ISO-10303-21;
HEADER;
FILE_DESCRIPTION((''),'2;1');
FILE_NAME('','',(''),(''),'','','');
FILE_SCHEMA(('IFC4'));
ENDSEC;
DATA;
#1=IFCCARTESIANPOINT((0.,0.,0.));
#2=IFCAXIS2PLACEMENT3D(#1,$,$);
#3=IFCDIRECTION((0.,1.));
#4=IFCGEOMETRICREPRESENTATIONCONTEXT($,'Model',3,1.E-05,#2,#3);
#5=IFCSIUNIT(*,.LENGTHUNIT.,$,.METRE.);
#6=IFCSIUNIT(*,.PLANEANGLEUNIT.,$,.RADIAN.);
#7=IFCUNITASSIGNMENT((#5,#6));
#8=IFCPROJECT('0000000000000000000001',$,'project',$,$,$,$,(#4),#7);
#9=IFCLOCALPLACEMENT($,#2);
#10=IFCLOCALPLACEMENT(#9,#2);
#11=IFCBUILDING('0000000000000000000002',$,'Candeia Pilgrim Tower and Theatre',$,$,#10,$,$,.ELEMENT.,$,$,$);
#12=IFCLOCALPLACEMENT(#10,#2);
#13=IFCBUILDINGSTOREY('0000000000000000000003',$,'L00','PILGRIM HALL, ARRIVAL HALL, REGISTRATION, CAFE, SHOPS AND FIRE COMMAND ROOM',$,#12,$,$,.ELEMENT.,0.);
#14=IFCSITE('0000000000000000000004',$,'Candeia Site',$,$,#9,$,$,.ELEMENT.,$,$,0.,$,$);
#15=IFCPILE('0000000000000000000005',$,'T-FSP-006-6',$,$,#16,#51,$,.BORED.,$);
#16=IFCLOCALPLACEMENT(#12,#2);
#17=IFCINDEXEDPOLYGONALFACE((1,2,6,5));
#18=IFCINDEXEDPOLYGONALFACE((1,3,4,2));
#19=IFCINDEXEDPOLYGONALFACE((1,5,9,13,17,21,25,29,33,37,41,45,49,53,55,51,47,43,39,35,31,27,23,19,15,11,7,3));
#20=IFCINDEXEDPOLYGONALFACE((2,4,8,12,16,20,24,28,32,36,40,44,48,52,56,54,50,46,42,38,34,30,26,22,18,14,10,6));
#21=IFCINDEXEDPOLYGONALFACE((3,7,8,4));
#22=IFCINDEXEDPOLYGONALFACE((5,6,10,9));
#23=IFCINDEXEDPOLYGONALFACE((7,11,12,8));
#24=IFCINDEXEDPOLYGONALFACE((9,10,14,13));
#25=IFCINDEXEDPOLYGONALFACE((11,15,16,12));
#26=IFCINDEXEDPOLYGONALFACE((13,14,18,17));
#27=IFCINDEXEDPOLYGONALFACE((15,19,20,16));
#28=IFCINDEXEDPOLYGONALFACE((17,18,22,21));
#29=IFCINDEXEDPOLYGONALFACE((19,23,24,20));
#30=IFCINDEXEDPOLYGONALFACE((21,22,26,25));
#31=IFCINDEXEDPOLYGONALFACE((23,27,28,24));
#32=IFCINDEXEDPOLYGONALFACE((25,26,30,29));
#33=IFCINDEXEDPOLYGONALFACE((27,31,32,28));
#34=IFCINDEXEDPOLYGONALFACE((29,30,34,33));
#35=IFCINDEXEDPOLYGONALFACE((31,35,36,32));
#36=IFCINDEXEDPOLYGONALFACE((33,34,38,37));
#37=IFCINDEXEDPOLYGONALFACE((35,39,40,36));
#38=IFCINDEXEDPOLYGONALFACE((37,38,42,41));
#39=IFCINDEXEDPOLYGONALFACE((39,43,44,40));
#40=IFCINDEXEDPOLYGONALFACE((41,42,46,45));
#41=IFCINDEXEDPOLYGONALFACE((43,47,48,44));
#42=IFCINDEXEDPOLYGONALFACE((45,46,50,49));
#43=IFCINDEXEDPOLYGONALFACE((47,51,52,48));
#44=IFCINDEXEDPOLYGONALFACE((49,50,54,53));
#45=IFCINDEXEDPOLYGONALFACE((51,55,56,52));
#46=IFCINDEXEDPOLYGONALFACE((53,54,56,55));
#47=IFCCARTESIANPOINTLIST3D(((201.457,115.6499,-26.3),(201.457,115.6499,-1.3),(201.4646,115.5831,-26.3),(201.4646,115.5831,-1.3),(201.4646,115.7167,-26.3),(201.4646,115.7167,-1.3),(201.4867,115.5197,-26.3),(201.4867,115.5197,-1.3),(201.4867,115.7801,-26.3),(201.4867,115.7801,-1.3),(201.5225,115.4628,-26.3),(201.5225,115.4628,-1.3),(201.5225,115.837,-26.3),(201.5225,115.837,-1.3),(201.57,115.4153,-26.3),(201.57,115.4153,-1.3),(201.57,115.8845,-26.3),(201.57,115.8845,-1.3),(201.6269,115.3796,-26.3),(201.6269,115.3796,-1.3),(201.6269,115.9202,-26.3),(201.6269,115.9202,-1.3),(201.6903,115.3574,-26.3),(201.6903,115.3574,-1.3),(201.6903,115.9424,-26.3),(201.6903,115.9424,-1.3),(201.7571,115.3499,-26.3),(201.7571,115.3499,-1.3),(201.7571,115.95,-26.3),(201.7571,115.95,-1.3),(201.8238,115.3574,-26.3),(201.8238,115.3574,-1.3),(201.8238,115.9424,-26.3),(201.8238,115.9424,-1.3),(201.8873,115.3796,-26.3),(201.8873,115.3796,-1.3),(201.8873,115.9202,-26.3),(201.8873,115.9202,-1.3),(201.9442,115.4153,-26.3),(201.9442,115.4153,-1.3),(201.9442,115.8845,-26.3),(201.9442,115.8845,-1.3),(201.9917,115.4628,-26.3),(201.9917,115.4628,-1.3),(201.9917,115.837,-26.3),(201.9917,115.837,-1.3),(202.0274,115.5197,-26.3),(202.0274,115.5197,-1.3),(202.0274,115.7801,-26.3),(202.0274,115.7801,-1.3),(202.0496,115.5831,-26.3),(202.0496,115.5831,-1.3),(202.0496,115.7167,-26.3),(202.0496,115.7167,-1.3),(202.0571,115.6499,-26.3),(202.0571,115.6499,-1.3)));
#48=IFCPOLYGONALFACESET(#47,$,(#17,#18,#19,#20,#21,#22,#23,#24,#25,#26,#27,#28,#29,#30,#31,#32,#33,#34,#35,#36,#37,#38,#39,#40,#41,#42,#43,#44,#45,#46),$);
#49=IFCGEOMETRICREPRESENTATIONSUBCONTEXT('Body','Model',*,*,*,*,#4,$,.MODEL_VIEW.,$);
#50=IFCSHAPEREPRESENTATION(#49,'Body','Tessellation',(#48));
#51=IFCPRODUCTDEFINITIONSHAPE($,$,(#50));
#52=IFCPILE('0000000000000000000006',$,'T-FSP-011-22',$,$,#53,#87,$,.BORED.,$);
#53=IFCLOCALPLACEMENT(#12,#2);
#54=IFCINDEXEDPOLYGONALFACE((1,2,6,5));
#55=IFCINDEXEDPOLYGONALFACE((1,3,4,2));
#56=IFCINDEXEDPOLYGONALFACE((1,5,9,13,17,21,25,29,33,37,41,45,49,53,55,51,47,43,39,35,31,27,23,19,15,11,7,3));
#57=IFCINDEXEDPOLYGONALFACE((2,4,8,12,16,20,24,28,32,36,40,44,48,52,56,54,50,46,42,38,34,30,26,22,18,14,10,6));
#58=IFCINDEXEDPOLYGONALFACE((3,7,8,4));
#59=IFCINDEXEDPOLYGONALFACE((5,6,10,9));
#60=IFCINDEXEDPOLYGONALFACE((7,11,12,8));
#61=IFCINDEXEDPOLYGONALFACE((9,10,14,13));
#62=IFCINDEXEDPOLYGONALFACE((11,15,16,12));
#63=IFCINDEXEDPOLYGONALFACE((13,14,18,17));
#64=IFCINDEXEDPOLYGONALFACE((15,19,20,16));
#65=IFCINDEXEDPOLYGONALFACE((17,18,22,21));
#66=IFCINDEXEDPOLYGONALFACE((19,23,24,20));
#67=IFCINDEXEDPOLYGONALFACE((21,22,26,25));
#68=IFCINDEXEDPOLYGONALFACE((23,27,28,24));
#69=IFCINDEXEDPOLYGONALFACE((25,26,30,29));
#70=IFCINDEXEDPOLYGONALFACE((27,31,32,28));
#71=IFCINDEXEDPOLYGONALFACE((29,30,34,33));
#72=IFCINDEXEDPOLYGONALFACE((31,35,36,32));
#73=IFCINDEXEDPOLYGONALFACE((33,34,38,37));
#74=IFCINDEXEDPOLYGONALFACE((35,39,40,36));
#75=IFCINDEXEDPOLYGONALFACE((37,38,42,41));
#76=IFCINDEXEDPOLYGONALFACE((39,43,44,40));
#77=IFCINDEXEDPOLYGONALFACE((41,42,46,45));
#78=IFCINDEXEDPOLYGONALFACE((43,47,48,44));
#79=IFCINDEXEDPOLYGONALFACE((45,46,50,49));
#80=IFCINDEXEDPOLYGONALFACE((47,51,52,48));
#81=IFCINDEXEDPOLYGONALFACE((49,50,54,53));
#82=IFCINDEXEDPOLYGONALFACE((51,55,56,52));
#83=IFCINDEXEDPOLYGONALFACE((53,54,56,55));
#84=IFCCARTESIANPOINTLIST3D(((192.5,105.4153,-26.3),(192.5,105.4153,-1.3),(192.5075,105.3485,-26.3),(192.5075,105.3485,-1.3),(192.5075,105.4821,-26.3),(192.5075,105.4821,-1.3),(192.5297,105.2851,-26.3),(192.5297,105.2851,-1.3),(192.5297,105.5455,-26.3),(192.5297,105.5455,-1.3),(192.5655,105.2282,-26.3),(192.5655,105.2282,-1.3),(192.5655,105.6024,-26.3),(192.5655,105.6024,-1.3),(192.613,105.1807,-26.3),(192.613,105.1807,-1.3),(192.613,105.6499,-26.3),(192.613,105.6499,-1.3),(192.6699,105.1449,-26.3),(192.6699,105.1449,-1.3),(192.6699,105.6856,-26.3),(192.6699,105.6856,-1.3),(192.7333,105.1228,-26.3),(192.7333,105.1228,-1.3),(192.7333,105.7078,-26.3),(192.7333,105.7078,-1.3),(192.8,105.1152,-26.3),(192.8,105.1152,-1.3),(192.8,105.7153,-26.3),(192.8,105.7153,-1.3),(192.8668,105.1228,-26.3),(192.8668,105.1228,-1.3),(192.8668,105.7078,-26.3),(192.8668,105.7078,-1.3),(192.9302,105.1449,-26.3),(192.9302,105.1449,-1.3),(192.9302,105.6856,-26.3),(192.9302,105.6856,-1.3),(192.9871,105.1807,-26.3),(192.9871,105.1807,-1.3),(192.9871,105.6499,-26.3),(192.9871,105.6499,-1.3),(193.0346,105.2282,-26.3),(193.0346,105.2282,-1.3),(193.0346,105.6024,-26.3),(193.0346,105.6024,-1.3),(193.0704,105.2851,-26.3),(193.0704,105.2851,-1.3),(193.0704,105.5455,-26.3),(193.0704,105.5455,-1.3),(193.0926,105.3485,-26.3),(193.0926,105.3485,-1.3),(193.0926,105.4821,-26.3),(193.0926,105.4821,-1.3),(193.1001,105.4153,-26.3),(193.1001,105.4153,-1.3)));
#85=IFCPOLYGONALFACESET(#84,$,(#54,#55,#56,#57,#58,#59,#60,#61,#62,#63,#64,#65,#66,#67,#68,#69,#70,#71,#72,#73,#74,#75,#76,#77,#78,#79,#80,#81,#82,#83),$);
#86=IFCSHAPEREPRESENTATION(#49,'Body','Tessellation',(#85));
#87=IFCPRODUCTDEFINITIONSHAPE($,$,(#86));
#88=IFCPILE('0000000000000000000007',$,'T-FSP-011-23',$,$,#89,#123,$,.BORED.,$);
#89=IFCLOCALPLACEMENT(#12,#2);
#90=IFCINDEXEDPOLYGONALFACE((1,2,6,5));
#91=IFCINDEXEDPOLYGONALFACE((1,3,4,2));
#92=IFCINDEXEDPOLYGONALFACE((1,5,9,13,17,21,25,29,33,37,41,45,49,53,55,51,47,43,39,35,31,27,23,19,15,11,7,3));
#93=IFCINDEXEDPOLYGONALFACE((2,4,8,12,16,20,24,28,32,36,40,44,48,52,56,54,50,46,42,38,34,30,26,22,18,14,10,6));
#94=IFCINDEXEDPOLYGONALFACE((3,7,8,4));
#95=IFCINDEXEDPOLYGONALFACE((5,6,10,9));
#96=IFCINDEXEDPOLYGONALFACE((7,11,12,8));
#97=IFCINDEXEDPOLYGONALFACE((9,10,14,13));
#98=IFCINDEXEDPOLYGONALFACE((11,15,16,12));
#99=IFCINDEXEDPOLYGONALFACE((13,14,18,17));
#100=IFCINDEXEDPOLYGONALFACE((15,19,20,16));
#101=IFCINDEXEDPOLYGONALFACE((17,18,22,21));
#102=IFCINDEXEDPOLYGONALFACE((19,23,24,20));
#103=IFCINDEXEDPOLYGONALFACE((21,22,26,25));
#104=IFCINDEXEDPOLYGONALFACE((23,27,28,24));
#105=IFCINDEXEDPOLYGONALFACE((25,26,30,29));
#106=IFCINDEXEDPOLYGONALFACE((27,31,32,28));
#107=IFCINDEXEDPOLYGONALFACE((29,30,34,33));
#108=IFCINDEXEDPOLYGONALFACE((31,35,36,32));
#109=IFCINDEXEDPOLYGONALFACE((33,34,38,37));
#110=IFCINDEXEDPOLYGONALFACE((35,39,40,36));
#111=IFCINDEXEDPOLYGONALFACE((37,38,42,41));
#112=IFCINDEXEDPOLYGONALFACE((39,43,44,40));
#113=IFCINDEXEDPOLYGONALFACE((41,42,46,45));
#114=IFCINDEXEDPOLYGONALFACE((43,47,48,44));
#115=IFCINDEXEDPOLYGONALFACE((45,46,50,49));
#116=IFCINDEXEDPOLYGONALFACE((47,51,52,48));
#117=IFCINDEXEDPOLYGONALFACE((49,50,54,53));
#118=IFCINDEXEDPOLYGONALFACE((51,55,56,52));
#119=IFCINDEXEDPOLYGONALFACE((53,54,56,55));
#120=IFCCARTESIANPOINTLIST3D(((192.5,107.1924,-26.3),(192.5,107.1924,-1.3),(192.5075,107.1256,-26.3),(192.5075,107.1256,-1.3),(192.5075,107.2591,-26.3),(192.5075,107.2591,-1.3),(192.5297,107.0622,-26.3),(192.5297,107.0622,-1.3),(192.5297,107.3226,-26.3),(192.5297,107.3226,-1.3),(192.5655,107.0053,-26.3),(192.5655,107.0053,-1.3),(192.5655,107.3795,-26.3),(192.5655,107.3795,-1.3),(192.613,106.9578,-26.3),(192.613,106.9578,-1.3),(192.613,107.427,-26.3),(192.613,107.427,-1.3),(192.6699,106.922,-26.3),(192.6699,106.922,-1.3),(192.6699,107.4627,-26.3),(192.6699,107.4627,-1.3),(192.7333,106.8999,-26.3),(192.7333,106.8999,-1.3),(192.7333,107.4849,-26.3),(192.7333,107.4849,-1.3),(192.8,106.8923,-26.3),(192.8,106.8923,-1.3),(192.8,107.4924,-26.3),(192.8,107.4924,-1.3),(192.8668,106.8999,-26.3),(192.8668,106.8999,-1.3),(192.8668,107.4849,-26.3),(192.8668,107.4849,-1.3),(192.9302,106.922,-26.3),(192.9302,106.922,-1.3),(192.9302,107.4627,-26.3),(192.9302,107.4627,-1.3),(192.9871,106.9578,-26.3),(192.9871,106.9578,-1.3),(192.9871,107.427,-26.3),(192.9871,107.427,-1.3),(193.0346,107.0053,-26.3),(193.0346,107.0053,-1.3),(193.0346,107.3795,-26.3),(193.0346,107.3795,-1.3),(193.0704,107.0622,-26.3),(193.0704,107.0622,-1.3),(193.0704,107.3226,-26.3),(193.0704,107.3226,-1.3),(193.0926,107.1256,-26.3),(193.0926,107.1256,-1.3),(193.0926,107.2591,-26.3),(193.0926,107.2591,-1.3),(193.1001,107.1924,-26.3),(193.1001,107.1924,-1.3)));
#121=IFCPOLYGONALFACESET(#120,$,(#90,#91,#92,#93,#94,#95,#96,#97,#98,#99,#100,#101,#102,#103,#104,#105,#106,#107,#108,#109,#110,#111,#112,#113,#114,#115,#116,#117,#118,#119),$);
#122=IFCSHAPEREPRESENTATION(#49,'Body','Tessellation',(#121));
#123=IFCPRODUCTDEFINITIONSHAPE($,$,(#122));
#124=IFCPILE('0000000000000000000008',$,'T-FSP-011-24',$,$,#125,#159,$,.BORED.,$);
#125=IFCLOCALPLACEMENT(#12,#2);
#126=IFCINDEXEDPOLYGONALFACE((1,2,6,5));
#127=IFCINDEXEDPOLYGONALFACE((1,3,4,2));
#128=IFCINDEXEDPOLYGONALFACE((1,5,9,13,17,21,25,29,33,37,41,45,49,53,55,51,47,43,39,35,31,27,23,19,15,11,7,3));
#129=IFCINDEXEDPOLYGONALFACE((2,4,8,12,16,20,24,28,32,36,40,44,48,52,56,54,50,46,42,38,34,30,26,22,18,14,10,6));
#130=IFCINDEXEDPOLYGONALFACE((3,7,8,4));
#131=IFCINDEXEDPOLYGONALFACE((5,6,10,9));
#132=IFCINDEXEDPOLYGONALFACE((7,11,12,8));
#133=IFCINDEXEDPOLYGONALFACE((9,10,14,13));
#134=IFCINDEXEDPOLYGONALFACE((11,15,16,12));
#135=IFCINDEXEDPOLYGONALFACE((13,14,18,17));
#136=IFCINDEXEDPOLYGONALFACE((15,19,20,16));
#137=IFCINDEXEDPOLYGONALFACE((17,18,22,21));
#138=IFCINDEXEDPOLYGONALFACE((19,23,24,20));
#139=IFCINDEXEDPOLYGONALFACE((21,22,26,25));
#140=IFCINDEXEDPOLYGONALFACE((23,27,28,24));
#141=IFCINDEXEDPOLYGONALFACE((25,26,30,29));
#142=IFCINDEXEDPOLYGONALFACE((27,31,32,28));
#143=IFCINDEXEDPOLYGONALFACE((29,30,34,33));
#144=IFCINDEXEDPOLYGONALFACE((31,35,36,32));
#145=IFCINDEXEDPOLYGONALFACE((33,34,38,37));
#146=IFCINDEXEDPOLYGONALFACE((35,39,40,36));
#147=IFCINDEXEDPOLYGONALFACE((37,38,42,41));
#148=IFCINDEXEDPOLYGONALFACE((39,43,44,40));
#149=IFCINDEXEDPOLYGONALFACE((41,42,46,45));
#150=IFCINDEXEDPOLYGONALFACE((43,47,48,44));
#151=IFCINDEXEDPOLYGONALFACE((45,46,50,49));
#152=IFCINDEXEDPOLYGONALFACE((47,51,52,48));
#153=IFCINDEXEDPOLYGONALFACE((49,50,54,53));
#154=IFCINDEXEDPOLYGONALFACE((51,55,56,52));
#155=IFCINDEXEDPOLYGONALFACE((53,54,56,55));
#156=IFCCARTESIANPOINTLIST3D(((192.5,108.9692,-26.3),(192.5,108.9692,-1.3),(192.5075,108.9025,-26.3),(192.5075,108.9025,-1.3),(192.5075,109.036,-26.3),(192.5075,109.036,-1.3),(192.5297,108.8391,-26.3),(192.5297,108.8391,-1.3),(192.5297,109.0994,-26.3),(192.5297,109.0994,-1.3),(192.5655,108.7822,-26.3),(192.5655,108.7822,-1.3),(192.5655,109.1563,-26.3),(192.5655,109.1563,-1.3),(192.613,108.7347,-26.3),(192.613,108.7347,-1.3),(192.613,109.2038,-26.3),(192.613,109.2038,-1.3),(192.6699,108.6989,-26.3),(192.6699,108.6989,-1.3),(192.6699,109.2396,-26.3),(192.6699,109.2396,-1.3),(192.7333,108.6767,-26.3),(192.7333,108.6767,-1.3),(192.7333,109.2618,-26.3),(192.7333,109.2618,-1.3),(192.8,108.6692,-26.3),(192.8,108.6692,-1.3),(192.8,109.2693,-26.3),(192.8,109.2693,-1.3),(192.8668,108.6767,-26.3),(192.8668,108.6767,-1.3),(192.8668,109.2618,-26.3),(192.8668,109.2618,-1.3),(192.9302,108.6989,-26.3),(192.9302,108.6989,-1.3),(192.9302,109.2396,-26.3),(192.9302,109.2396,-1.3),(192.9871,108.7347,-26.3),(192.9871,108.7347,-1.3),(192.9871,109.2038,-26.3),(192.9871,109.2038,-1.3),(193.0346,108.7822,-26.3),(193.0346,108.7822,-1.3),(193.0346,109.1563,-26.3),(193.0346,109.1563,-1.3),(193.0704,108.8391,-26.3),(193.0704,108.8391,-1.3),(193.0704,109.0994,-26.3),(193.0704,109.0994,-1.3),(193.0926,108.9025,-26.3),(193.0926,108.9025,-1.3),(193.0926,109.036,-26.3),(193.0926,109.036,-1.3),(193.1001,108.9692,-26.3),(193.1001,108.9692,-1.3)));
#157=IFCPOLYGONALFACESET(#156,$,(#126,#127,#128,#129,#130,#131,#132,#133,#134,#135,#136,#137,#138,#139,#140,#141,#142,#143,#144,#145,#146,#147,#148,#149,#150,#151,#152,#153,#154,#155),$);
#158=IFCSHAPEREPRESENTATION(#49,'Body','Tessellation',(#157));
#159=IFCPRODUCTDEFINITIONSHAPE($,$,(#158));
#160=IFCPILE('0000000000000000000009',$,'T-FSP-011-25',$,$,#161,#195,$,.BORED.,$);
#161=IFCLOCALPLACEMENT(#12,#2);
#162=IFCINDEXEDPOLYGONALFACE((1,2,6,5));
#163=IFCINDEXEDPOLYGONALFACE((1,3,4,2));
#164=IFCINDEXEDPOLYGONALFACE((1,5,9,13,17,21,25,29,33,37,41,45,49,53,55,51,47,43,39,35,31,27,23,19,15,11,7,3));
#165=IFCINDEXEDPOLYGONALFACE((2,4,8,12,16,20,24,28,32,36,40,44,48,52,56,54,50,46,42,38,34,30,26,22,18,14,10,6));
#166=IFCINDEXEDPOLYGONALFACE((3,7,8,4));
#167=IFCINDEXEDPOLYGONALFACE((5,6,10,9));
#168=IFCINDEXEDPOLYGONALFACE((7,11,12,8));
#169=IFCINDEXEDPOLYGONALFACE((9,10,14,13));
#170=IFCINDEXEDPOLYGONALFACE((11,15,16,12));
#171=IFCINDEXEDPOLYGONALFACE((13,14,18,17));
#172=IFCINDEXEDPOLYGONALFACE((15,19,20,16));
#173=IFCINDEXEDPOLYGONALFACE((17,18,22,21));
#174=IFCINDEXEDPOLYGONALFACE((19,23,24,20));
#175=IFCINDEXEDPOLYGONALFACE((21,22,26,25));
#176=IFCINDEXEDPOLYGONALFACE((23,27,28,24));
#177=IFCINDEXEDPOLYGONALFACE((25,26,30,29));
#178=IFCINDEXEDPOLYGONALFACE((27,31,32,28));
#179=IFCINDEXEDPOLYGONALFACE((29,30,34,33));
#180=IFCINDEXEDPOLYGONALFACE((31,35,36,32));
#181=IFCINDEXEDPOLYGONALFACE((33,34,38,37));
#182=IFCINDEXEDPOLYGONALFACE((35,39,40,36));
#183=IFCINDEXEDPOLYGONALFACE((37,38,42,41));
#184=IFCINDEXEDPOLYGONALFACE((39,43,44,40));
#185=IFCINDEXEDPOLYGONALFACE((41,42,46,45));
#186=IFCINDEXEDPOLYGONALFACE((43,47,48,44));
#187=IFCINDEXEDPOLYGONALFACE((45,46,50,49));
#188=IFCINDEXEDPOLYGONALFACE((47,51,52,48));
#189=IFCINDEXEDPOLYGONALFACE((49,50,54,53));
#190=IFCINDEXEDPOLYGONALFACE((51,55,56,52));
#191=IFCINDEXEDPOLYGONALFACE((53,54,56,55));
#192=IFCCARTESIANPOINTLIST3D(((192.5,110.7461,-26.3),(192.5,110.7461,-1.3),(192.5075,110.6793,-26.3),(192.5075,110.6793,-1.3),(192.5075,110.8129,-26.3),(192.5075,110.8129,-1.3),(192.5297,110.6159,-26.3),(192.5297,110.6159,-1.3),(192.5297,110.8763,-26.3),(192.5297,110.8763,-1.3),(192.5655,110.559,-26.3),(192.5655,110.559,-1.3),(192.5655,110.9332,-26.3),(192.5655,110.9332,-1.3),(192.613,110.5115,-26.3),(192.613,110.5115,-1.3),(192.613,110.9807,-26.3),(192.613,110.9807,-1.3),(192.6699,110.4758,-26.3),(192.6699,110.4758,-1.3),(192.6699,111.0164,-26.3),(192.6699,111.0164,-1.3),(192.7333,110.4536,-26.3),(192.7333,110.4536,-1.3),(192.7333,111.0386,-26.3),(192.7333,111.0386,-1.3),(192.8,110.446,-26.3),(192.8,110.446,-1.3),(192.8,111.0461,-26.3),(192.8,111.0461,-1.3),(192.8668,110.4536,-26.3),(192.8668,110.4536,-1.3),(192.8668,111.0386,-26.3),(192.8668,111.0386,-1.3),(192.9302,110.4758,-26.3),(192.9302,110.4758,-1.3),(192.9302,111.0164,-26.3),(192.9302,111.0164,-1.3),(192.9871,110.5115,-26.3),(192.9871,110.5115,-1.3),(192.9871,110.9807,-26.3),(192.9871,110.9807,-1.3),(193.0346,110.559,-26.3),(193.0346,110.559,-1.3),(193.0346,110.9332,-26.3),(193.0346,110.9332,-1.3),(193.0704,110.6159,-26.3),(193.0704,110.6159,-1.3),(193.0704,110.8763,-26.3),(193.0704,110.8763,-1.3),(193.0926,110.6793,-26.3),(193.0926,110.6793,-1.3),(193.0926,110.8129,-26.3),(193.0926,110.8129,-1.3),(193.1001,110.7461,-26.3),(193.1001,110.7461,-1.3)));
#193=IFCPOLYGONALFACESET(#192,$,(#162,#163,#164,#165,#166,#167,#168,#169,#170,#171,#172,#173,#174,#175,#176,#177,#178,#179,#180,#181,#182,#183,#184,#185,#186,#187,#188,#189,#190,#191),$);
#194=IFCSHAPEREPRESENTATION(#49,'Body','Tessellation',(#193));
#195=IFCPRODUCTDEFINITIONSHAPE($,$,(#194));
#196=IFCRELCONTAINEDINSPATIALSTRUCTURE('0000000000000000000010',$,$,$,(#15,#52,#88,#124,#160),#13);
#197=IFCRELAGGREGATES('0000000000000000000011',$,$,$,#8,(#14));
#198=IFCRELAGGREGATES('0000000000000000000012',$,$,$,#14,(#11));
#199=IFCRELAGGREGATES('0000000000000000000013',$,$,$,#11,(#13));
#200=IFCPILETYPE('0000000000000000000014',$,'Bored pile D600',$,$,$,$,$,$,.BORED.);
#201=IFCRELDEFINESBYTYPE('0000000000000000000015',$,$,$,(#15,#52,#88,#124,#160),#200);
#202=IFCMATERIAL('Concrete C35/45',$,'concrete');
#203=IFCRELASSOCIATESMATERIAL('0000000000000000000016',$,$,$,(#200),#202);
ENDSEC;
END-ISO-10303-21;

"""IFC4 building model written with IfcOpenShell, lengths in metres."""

from ifc_helpers import new_model, si_unit, direction, frame, origin, origin_2d, place, context, subcontext, project, spatial, circle, extrude, material, type_object, element, save


model = new_model("IFC4")

# Units and contexts
model_context = context("Model", 3, precision=1e-05, world=origin(), true_north=direction((0.0, 1.0)))
body_context = subcontext(model_context, "Body", "Model", "MODEL_VIEW")
ifc_project = project(units=[si_unit("LENGTHUNIT", "METRE"), si_unit("PLANEANGLEUNIT", "RADIAN")], contexts=[model_context])

# Site, building, storey
site_placement = place(None, origin())
site = spatial("IfcSite", under=ifc_project, at=site_placement, Name="Candeia Site", CompositionType="ELEMENT", RefElevation=0.0)
building_placement = place(site_placement, origin())
building = spatial("IfcBuilding", under=site, at=building_placement, Name="Candeia Pilgrim Tower and Theatre", CompositionType="ELEMENT")
storey_placement = place(building_placement, origin())
storey = spatial("IfcBuildingStorey", under=building, at=storey_placement, Name="L00", Description="PILGRIM HALL, ARRIVAL HALL, REGISTRATION, CAFE, SHOPS AND FIRE COMMAND ROOM", CompositionType="ELEMENT", Elevation=0.0)

# Piles
ifc_material_1 = material(Name="Concrete C35/45", Category="concrete")
pile_type = type_object("IfcPileType", Name="Bored pile D600", PredefinedType="BORED", material=ifc_material_1)
for number, where, z_axis, x_axis, name in (
    (1, (201.7571, 115.6499, -1.3), (0.0, 0.0, -1.0), (1.0, 0.0, 0.0), "T-FSP-006-6"),
    (2, (192.8, 105.4153, -1.3), (0.0, 0.0, -1.0), (1.0, 0.0, 0.0), "T-FSP-011-22"),
    (3, (192.8, 107.1924, -1.3), (0.0, 0.0, -1.0), (1.0, 0.0, 0.0), "T-FSP-011-23"),
    (4, (192.8, 108.9692, -1.3), (0.0, 0.0, -1.0), (1.0, 0.0, 0.0), "T-FSP-011-24"),
    (5, (192.8, 110.7461, -1.3), (0.0, 0.0, -1.0), (1.0, 0.0, 0.0), "T-FSP-011-25"),
):
    element("IfcPile", number, at=place(storey_placement, frame(where, z_axis=z_axis, x_axis=x_axis)), inside=storey, type_object=pile_type, Name=name, PredefinedType="BORED", context=body_context, shape_type="SweptSolid", body=[
        extrude(circle(Radius=0.3, at=origin_2d()), origin(), (0.0, 0.0, 1.0), 25.0),
    ])

save(model, "model.ifc")
